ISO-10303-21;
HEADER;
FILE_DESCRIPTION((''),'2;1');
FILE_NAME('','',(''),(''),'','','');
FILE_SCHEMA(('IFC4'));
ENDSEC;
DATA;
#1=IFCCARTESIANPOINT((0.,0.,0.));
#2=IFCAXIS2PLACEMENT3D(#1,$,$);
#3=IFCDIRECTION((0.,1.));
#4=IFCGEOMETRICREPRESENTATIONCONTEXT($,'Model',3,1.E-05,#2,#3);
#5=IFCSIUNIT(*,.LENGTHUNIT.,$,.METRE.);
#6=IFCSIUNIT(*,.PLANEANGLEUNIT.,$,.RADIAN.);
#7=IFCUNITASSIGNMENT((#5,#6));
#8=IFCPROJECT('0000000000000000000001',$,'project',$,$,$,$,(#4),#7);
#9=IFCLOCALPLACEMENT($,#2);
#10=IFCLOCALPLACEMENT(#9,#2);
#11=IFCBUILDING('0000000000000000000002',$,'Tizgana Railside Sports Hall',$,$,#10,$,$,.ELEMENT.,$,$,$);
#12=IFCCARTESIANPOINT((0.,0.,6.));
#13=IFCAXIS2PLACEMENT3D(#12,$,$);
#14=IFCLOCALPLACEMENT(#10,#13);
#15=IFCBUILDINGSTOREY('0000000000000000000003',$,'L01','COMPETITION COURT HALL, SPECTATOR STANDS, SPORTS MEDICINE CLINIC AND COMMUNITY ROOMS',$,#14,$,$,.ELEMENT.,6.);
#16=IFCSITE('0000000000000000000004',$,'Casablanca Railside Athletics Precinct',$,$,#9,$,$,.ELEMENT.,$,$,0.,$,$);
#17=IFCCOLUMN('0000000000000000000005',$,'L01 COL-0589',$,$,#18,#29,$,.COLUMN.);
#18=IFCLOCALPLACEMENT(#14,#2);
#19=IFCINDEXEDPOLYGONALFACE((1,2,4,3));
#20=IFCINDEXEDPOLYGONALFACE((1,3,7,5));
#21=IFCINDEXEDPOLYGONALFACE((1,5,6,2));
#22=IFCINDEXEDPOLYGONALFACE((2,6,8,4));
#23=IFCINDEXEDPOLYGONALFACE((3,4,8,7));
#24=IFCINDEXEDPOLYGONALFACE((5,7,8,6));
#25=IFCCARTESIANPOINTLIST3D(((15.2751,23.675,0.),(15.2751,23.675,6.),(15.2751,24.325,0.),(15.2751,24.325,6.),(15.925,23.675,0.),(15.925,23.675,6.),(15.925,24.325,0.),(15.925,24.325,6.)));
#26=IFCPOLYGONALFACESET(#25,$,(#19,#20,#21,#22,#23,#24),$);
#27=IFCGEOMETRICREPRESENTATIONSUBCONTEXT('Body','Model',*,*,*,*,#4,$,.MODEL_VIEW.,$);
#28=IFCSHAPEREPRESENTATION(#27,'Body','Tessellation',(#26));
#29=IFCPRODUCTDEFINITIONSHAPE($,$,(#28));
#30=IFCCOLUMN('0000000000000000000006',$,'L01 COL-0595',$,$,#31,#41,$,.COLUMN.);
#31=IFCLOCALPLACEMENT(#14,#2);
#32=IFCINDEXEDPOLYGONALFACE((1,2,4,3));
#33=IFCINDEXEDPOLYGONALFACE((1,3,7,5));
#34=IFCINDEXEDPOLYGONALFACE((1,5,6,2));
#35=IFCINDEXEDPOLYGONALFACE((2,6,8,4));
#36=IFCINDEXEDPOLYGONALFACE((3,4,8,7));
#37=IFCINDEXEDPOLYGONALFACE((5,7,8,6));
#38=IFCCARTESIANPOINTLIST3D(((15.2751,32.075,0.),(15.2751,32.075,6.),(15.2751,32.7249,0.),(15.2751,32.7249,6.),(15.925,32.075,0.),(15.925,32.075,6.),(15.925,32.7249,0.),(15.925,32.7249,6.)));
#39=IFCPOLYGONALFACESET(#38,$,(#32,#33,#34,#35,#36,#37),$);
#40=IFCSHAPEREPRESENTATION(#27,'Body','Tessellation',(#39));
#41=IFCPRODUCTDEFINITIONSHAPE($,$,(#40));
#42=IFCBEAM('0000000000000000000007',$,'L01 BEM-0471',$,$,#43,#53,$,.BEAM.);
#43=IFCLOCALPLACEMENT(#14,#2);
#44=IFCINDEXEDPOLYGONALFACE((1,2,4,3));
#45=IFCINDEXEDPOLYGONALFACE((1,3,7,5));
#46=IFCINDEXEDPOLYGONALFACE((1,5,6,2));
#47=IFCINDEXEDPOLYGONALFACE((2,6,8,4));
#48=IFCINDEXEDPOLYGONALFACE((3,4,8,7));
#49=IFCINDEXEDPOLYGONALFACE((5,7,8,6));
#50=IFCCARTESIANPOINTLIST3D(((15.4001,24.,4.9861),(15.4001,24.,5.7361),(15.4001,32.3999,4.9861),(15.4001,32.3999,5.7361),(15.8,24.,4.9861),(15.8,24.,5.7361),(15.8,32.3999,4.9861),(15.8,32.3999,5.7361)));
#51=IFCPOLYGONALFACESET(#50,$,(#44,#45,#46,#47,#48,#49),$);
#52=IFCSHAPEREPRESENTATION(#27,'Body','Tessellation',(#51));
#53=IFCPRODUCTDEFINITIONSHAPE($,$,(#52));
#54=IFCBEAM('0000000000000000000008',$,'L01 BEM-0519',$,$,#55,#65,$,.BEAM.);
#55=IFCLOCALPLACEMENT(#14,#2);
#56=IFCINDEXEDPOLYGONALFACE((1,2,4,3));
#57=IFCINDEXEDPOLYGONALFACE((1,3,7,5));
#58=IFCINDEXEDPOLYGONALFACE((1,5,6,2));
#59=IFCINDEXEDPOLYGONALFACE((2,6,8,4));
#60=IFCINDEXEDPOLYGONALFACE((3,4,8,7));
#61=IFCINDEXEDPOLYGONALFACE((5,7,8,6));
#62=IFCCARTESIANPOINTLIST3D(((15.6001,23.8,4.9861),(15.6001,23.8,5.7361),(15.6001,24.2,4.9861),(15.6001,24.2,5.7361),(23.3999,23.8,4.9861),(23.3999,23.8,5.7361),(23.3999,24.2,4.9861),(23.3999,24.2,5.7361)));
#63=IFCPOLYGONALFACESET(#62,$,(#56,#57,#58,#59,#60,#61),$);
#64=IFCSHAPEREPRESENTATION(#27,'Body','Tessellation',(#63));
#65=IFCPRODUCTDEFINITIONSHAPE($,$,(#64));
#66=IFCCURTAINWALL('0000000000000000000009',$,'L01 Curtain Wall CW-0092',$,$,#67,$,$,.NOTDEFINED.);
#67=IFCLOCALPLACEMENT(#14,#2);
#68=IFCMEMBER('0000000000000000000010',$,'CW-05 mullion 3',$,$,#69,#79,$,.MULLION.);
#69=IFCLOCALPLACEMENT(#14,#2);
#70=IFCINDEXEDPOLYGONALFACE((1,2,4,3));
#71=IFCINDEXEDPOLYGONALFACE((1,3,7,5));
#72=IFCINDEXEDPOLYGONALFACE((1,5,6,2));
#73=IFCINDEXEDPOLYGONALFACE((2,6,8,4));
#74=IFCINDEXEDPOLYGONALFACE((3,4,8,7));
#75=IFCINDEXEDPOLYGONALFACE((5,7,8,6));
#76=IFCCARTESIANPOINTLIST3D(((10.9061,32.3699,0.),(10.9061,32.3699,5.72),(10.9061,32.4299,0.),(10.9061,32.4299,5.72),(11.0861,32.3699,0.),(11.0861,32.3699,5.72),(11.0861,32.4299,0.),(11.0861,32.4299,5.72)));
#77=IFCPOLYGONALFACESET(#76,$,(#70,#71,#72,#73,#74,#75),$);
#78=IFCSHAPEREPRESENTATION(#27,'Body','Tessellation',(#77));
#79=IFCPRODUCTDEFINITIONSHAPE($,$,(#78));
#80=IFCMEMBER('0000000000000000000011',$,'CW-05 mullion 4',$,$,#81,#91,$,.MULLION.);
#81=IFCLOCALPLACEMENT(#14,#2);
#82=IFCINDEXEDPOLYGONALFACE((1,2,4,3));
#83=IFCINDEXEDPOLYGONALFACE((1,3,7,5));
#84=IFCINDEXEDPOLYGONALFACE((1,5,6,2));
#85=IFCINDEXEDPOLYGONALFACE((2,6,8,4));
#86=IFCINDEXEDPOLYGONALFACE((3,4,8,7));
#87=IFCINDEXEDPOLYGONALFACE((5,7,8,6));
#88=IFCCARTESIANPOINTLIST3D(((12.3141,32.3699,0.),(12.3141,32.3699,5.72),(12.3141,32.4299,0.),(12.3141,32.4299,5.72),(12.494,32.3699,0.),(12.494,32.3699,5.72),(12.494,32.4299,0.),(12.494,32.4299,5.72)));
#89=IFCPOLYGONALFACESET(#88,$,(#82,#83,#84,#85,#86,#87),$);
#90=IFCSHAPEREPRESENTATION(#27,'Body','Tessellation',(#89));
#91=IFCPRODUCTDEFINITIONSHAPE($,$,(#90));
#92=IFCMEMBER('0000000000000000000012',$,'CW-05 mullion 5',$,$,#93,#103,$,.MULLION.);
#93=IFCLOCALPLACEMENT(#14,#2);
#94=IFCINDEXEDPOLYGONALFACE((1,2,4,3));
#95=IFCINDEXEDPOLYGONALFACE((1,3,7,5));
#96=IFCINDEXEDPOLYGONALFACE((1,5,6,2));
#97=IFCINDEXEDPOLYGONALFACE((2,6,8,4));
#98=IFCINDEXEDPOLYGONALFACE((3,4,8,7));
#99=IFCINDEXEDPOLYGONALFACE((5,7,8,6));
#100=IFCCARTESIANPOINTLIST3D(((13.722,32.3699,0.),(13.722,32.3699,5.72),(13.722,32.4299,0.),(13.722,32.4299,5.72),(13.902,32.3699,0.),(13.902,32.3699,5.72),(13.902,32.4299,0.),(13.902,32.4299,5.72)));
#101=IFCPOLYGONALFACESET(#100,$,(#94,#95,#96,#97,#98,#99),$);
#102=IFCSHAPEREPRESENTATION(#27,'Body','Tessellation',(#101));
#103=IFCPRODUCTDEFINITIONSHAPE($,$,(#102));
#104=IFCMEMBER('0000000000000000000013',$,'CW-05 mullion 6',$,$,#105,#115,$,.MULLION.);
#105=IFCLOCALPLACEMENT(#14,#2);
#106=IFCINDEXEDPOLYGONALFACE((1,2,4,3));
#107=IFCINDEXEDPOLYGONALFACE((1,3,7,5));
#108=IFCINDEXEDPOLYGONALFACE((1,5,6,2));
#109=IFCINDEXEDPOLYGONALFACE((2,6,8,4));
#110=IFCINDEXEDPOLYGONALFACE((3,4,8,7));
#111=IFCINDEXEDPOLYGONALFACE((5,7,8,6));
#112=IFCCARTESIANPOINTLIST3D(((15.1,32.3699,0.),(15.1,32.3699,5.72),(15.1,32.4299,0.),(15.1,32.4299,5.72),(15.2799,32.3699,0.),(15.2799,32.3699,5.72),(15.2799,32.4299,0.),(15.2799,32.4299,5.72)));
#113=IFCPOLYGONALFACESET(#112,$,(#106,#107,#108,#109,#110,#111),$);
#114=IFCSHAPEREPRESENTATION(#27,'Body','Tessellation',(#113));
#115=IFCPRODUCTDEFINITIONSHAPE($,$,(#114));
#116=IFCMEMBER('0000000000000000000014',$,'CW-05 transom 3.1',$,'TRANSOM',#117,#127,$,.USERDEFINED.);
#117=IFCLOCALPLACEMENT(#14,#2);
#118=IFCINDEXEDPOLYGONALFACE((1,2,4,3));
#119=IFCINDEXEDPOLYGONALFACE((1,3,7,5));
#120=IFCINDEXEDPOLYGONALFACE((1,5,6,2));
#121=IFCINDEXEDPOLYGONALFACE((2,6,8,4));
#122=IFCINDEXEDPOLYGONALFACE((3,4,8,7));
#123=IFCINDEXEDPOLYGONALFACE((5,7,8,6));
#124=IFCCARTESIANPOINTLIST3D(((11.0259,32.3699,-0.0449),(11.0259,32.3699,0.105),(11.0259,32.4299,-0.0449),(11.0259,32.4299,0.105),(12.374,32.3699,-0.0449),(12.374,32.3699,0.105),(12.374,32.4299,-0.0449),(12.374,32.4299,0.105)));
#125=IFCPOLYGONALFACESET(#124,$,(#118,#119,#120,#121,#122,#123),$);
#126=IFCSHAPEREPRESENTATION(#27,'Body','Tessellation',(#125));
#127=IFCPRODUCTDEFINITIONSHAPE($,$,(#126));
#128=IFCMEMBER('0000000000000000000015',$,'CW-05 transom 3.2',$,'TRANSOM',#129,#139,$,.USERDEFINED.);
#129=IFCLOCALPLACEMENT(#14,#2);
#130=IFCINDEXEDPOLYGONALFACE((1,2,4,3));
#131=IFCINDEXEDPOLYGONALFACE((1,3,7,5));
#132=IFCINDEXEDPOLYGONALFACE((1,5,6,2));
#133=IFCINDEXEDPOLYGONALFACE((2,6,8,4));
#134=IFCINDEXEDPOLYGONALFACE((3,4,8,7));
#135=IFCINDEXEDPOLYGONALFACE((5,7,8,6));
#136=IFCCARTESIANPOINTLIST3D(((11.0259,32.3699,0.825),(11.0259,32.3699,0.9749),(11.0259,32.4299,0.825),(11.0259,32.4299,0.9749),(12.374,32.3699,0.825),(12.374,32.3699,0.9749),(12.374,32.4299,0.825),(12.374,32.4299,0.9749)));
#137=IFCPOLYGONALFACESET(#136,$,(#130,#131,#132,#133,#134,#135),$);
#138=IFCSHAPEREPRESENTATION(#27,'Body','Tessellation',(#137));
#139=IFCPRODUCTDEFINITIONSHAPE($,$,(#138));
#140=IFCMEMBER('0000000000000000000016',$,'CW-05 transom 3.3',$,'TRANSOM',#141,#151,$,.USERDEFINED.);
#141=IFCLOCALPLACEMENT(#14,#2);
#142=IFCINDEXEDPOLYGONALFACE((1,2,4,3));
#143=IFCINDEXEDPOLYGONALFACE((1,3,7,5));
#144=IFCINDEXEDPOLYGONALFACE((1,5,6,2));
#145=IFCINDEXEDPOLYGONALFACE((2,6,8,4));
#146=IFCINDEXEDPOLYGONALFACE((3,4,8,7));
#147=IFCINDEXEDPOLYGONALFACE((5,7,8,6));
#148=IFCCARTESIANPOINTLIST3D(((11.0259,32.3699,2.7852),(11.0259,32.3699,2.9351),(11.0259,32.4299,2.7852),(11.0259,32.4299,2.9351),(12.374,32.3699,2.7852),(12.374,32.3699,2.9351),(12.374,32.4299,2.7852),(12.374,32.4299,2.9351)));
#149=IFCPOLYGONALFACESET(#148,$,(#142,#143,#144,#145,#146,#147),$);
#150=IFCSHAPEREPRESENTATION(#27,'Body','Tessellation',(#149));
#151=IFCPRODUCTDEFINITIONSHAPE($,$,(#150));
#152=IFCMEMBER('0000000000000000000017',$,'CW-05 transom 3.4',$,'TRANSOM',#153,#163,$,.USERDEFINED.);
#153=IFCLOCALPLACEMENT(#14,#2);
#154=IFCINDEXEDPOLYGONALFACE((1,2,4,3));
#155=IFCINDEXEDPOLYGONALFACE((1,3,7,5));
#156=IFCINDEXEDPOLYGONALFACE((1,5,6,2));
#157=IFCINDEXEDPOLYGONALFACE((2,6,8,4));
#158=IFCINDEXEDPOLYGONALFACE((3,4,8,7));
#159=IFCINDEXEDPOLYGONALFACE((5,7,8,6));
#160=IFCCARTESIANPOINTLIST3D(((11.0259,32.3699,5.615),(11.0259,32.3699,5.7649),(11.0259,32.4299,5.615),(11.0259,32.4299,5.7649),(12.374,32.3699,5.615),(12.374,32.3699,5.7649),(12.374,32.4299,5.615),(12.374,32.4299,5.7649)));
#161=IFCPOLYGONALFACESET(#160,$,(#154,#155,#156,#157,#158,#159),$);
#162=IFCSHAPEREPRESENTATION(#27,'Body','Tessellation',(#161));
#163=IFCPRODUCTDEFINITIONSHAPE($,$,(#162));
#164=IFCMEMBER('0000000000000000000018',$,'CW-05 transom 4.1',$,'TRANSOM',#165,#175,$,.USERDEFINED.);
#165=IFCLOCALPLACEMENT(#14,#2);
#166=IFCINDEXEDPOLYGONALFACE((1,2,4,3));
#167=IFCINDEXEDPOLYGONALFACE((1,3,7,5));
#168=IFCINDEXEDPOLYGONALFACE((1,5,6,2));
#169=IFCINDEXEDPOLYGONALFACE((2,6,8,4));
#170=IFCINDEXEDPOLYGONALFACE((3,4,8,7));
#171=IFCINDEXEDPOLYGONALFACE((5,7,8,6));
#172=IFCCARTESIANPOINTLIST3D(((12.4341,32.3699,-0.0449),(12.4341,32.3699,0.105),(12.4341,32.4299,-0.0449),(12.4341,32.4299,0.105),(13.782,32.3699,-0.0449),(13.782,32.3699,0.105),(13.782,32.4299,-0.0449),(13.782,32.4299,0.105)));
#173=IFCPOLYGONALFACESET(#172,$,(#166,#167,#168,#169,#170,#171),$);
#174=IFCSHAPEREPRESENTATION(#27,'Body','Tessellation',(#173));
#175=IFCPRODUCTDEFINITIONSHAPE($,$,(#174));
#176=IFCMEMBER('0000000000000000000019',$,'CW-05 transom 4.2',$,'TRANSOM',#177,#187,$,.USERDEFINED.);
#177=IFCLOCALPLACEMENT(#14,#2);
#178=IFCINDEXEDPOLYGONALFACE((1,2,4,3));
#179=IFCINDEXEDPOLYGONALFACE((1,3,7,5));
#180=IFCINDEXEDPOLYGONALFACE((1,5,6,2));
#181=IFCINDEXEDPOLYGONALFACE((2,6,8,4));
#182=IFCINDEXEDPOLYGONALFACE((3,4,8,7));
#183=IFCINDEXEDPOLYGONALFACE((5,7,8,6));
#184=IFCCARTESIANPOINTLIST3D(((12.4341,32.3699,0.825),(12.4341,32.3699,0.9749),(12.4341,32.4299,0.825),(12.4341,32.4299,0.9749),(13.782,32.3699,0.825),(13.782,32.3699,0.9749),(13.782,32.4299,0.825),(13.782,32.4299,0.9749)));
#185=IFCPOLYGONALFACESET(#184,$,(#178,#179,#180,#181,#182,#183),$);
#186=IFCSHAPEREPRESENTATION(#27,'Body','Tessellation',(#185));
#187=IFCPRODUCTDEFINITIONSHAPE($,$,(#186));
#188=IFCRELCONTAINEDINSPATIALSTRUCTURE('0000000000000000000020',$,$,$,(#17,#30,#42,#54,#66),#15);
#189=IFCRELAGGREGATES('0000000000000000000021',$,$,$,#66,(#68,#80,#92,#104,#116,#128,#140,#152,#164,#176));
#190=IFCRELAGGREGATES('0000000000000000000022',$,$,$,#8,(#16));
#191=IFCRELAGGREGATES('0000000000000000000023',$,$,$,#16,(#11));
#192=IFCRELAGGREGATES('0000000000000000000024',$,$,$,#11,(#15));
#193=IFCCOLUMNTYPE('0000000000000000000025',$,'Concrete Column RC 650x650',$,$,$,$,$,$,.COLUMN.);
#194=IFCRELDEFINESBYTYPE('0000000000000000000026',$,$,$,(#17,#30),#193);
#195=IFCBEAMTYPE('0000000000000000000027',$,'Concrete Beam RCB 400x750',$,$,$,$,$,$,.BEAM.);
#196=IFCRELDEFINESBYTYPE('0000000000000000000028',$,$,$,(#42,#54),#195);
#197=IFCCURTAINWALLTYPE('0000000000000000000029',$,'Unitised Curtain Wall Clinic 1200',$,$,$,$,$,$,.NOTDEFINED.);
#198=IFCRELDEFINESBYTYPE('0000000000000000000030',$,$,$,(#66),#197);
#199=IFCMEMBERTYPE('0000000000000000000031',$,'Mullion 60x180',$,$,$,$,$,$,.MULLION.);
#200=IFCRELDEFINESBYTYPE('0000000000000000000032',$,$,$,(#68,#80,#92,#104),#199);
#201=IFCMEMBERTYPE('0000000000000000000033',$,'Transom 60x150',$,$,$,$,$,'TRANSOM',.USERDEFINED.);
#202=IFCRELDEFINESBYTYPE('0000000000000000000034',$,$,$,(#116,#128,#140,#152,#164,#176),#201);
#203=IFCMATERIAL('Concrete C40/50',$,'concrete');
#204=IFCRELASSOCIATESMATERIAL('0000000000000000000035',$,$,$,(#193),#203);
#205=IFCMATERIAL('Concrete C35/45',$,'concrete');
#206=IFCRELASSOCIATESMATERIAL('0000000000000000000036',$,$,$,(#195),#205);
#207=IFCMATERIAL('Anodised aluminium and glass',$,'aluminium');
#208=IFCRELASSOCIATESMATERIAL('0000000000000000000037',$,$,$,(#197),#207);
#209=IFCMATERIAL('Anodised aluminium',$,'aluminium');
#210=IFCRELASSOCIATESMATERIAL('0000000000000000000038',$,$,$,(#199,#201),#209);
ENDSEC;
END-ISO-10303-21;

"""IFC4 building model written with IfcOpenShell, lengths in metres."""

from ifc_helpers import new_model, si_unit, direction, frame, origin, origin_2d, place, context, subcontext, project, spatial, rectangle, extrude, material, material_profile, profile_set, type_object, element, aggregate, save


model = new_model("IFC4")

# Units and contexts
model_context = context("Model", 3, precision=1e-05, world=origin(), true_north=direction((0.0, 1.0)))
body_context = subcontext(model_context, "Body", "Model", "MODEL_VIEW")
ifc_project = project(units=[si_unit("LENGTHUNIT", "METRE"), si_unit("PLANEANGLEUNIT", "RADIAN")], contexts=[model_context])

# Site, building, storey
site_placement = place(None, origin())
site = spatial("IfcSite", under=ifc_project, at=site_placement, Name="Casablanca Railside Athletics Precinct", CompositionType="ELEMENT", RefElevation=0.0)
building_placement = place(site_placement, origin())
building = spatial("IfcBuilding", under=site, at=building_placement, Name="Tizgana Railside Sports Hall", CompositionType="ELEMENT")
storey_placement = place(building_placement, frame((0.0, 0.0, 6.0)))
storey = spatial("IfcBuildingStorey", under=building, at=storey_placement, Name="L01", Description="COMPETITION COURT HALL, SPECTATOR STANDS, SPORTS MEDICINE CLINIC AND COMMUNITY ROOMS", CompositionType="ELEMENT", Elevation=6.0)

# Columns
ifc_material_1 = material(Name="Concrete C40/50", Category="concrete")
ifc_material_profile_1 = material_profile(ifc_material_1, rectangle(XDim=0.6499, YDim=0.6499, at=origin_2d()), Name="RC 650x650")
ifc_profile_set_1 = profile_set([ifc_material_profile_1], Name="Concrete C40/50")
column_type = type_object("IfcColumnType", Name="Concrete Column RC 650x650", PredefinedType="COLUMN", material=ifc_profile_set_1)
for number, where, z_axis, x_axis, name in (
    (1, (15.6001, 24.0, 0.0), (0.0, 0.0, 1.0), (1.0, 0.0, 0.0), "L01 COL-0589"),
    (2, (15.6001, 32.3999, 0.0), (0.0, 0.0, 1.0), (1.0, 0.0, 0.0), "L01 COL-0595"),
):
    element("IfcColumn", number, at=place(storey_placement, frame(where, z_axis=z_axis, x_axis=x_axis)), inside=storey, type_object=column_type, Name=name, PredefinedType="COLUMN", context=body_context, shape_type="SweptSolid", body=[
        extrude(rectangle(XDim=0.6499, YDim=0.6499, at=origin_2d()), origin(), (0.0, 0.0, 1.0), 6.0),
    ])

# Beams
ifc_material_2 = material(Name="Concrete C35/45", Category="concrete")
ifc_material_profile_2 = material_profile(ifc_material_2, rectangle(XDim=0.3999, YDim=0.75, at=origin_2d()), Name="RCB 400x750")
ifc_profile_set_2 = profile_set([ifc_material_profile_2], Name="Concrete C35/45")
beam_type = type_object("IfcBeamType", Name="Concrete Beam RCB 400x750", PredefinedType="BEAM", material=ifc_profile_set_2)
beam_1_placement = place(storey_placement, frame((15.6001, 24.0, 5.3611), z_axis=(0.0, 1.0, 0.0), x_axis=(-1.0, 0.0, 0.0)))
element("IfcBeam", 3, at=beam_1_placement, inside=storey, type_object=beam_type, Name="L01 BEM-0471", PredefinedType="BEAM", context=body_context, shape_type="SweptSolid", body=[
    extrude(rectangle(XDim=0.3999, YDim=0.75, at=origin_2d()), origin(), (0.0, 0.0, 1.0), 8.3999),
])
beam_2_placement = place(storey_placement, frame((15.6001, 24.0, 5.3611), z_axis=(1.0, 0.0, 0.0), x_axis=(0.0, 1.0, 0.0)))
element("IfcBeam", 4, at=beam_2_placement, inside=storey, type_object=beam_type, Name="L01 BEM-0519", PredefinedType="BEAM", context=body_context, shape_type="SweptSolid", body=[
    extrude(rectangle(XDim=0.3999, YDim=0.75, at=origin_2d()), origin(), (0.0, 0.0, 1.0), 7.7998),
])

# Curtain wall, members
ifc_material_3 = material(Name="Anodised aluminium and glass", Category="aluminium")
curtain_wall_type = type_object("IfcCurtainWallType", Name="Unitised Curtain Wall Clinic 1200", PredefinedType="NOTDEFINED", material=ifc_material_3)
curtain_wall_placement = place(storey_placement, origin())
curtain_wall = element("IfcCurtainWall", 5, at=curtain_wall_placement, inside=storey, type_object=curtain_wall_type, Name="L01 Curtain Wall CW-0092", PredefinedType="NOTDEFINED")
ifc_material_4 = material(Name="Anodised aluminium", Category="aluminium")
ifc_material_profile_3 = material_profile(ifc_material_4, rectangle(XDim=0.0601, YDim=0.1799, at=origin_2d()), Name="Mullion 60x180")
ifc_profile_set_3 = profile_set([ifc_material_profile_3], Name="Anodised aluminium")
member_type_1 = type_object("IfcMemberType", Name="Mullion 60x180", PredefinedType="MULLION", material=ifc_profile_set_3)
member_1_placement = place(storey_placement, frame((10.9961, 32.3999, 0.0), z_axis=(0.0, 0.0, 1.0), x_axis=(0.0, 1.0, 0.0)))
member_1 = element("IfcMember", 6, at=member_1_placement, type_object=member_type_1, Name="CW-05 mullion 3", PredefinedType="MULLION", context=body_context, shape_type="SweptSolid", body=[
    extrude(rectangle(XDim=0.0601, YDim=0.1799, at=origin_2d()), origin(), (0.0, 0.0, 1.0), 5.72),
])
member_2_placement = place(storey_placement, frame((12.4041, 32.3999, 0.0), z_axis=(0.0, 0.0, 1.0), x_axis=(0.0, 1.0, 0.0)))
member_2 = element("IfcMember", 7, at=member_2_placement, type_object=member_type_1, Name="CW-05 mullion 4", PredefinedType="MULLION", context=body_context, shape_type="SweptSolid", body=[
    extrude(rectangle(XDim=0.0601, YDim=0.1799, at=origin_2d()), origin(), (0.0, 0.0, 1.0), 5.72),
])
member_3_placement = place(storey_placement, frame((13.812, 32.3999, 0.0), z_axis=(0.0, 0.0, 1.0), x_axis=(0.0, 1.0, 0.0)))
member_3 = element("IfcMember", 8, at=member_3_placement, type_object=member_type_1, Name="CW-05 mullion 5", PredefinedType="MULLION", context=body_context, shape_type="SweptSolid", body=[
    extrude(rectangle(XDim=0.0601, YDim=0.1799, at=origin_2d()), origin(), (0.0, 0.0, 1.0), 5.72),
])
member_4_placement = place(storey_placement, frame((15.1899, 32.3999, 0.0), z_axis=(0.0, 0.0, 1.0), x_axis=(0.0, 1.0, 0.0)))
member_4 = element("IfcMember", 9, at=member_4_placement, type_object=member_type_1, Name="CW-05 mullion 6", PredefinedType="MULLION", context=body_context, shape_type="SweptSolid", body=[
    extrude(rectangle(XDim=0.0601, YDim=0.1799, at=origin_2d()), origin(), (0.0, 0.0, 1.0), 5.72),
])
ifc_material_profile_4 = material_profile(ifc_material_4, rectangle(XDim=0.0601, YDim=0.1499, at=origin_2d()), Name="Transom 60x150")
ifc_profile_set_4 = profile_set([ifc_material_profile_4], Name="Anodised aluminium")
member_type_2 = type_object("IfcMemberType", Name="Transom 60x150", ElementType="TRANSOM", PredefinedType="USERDEFINED", material=ifc_profile_set_4)
member_5_placement = place(storey_placement, frame((11.0259, 32.3999, 0.03), z_axis=(1.0, 0.0, 0.0), x_axis=(0.0, 1.0, 0.0)))
member_5 = element("IfcMember", 10, at=member_5_placement, type_object=member_type_2, Name="CW-05 transom 3.1", ObjectType="TRANSOM", PredefinedType="USERDEFINED", context=body_context, shape_type="SweptSolid", body=[
    extrude(rectangle(XDim=0.0601, YDim=0.1499, at=origin_2d()), origin(), (0.0, 0.0, 1.0), 1.3481),
])
member_6_placement = place(storey_placement, frame((11.0259, 32.3999, 0.8999), z_axis=(1.0, 0.0, 0.0), x_axis=(0.0, 1.0, 0.0)))
member_6 = element("IfcMember", 11, at=member_6_placement, type_object=member_type_2, Name="CW-05 transom 3.2", ObjectType="TRANSOM", PredefinedType="USERDEFINED", context=body_context, shape_type="SweptSolid", body=[
    extrude(rectangle(XDim=0.0601, YDim=0.1499, at=origin_2d()), origin(), (0.0, 0.0, 1.0), 1.3481),
])
member_7_placement = place(storey_placement, frame((11.0259, 32.3999, 2.8601), z_axis=(1.0, 0.0, 0.0), x_axis=(0.0, 1.0, 0.0)))
member_7 = element("IfcMember", 12, at=member_7_placement, type_object=member_type_2, Name="CW-05 transom 3.3", ObjectType="TRANSOM", PredefinedType="USERDEFINED", context=body_context, shape_type="SweptSolid", body=[
    extrude(rectangle(XDim=0.0601, YDim=0.1499, at=origin_2d()), origin(), (0.0, 0.0, 1.0), 1.3481),
])
member_8_placement = place(storey_placement, frame((11.0259, 32.3999, 5.6899), z_axis=(1.0, 0.0, 0.0), x_axis=(0.0, 1.0, 0.0)))
member_8 = element("IfcMember", 13, at=member_8_placement, type_object=member_type_2, Name="CW-05 transom 3.4", ObjectType="TRANSOM", PredefinedType="USERDEFINED", context=body_context, shape_type="SweptSolid", body=[
    extrude(rectangle(XDim=0.0601, YDim=0.1499, at=origin_2d()), origin(), (0.0, 0.0, 1.0), 1.3481),
])
member_9_placement = place(storey_placement, frame((12.4341, 32.3999, 0.03), z_axis=(1.0, 0.0, 0.0), x_axis=(0.0, 1.0, 0.0)))
member_9 = element("IfcMember", 14, at=member_9_placement, type_object=member_type_2, Name="CW-05 transom 4.1", ObjectType="TRANSOM", PredefinedType="USERDEFINED", context=body_context, shape_type="SweptSolid", body=[
    extrude(rectangle(XDim=0.0601, YDim=0.1499, at=origin_2d()), origin(), (0.0, 0.0, 1.0), 1.3479),
])
member_10_placement = place(storey_placement, frame((12.4341, 32.3999, 0.8999), z_axis=(1.0, 0.0, 0.0), x_axis=(0.0, 1.0, 0.0)))
member_10 = element("IfcMember", 15, at=member_10_placement, type_object=member_type_2, Name="CW-05 transom 4.2", ObjectType="TRANSOM", PredefinedType="USERDEFINED", context=body_context, shape_type="SweptSolid", body=[
    extrude(rectangle(XDim=0.0601, YDim=0.1499, at=origin_2d()), origin(), (0.0, 0.0, 1.0), 1.3479),
])
aggregate(curtain_wall, [member_1, member_2, member_3, member_4, member_5, member_6, member_7, member_8, member_9, member_10])

save(model, "model.ifc")
